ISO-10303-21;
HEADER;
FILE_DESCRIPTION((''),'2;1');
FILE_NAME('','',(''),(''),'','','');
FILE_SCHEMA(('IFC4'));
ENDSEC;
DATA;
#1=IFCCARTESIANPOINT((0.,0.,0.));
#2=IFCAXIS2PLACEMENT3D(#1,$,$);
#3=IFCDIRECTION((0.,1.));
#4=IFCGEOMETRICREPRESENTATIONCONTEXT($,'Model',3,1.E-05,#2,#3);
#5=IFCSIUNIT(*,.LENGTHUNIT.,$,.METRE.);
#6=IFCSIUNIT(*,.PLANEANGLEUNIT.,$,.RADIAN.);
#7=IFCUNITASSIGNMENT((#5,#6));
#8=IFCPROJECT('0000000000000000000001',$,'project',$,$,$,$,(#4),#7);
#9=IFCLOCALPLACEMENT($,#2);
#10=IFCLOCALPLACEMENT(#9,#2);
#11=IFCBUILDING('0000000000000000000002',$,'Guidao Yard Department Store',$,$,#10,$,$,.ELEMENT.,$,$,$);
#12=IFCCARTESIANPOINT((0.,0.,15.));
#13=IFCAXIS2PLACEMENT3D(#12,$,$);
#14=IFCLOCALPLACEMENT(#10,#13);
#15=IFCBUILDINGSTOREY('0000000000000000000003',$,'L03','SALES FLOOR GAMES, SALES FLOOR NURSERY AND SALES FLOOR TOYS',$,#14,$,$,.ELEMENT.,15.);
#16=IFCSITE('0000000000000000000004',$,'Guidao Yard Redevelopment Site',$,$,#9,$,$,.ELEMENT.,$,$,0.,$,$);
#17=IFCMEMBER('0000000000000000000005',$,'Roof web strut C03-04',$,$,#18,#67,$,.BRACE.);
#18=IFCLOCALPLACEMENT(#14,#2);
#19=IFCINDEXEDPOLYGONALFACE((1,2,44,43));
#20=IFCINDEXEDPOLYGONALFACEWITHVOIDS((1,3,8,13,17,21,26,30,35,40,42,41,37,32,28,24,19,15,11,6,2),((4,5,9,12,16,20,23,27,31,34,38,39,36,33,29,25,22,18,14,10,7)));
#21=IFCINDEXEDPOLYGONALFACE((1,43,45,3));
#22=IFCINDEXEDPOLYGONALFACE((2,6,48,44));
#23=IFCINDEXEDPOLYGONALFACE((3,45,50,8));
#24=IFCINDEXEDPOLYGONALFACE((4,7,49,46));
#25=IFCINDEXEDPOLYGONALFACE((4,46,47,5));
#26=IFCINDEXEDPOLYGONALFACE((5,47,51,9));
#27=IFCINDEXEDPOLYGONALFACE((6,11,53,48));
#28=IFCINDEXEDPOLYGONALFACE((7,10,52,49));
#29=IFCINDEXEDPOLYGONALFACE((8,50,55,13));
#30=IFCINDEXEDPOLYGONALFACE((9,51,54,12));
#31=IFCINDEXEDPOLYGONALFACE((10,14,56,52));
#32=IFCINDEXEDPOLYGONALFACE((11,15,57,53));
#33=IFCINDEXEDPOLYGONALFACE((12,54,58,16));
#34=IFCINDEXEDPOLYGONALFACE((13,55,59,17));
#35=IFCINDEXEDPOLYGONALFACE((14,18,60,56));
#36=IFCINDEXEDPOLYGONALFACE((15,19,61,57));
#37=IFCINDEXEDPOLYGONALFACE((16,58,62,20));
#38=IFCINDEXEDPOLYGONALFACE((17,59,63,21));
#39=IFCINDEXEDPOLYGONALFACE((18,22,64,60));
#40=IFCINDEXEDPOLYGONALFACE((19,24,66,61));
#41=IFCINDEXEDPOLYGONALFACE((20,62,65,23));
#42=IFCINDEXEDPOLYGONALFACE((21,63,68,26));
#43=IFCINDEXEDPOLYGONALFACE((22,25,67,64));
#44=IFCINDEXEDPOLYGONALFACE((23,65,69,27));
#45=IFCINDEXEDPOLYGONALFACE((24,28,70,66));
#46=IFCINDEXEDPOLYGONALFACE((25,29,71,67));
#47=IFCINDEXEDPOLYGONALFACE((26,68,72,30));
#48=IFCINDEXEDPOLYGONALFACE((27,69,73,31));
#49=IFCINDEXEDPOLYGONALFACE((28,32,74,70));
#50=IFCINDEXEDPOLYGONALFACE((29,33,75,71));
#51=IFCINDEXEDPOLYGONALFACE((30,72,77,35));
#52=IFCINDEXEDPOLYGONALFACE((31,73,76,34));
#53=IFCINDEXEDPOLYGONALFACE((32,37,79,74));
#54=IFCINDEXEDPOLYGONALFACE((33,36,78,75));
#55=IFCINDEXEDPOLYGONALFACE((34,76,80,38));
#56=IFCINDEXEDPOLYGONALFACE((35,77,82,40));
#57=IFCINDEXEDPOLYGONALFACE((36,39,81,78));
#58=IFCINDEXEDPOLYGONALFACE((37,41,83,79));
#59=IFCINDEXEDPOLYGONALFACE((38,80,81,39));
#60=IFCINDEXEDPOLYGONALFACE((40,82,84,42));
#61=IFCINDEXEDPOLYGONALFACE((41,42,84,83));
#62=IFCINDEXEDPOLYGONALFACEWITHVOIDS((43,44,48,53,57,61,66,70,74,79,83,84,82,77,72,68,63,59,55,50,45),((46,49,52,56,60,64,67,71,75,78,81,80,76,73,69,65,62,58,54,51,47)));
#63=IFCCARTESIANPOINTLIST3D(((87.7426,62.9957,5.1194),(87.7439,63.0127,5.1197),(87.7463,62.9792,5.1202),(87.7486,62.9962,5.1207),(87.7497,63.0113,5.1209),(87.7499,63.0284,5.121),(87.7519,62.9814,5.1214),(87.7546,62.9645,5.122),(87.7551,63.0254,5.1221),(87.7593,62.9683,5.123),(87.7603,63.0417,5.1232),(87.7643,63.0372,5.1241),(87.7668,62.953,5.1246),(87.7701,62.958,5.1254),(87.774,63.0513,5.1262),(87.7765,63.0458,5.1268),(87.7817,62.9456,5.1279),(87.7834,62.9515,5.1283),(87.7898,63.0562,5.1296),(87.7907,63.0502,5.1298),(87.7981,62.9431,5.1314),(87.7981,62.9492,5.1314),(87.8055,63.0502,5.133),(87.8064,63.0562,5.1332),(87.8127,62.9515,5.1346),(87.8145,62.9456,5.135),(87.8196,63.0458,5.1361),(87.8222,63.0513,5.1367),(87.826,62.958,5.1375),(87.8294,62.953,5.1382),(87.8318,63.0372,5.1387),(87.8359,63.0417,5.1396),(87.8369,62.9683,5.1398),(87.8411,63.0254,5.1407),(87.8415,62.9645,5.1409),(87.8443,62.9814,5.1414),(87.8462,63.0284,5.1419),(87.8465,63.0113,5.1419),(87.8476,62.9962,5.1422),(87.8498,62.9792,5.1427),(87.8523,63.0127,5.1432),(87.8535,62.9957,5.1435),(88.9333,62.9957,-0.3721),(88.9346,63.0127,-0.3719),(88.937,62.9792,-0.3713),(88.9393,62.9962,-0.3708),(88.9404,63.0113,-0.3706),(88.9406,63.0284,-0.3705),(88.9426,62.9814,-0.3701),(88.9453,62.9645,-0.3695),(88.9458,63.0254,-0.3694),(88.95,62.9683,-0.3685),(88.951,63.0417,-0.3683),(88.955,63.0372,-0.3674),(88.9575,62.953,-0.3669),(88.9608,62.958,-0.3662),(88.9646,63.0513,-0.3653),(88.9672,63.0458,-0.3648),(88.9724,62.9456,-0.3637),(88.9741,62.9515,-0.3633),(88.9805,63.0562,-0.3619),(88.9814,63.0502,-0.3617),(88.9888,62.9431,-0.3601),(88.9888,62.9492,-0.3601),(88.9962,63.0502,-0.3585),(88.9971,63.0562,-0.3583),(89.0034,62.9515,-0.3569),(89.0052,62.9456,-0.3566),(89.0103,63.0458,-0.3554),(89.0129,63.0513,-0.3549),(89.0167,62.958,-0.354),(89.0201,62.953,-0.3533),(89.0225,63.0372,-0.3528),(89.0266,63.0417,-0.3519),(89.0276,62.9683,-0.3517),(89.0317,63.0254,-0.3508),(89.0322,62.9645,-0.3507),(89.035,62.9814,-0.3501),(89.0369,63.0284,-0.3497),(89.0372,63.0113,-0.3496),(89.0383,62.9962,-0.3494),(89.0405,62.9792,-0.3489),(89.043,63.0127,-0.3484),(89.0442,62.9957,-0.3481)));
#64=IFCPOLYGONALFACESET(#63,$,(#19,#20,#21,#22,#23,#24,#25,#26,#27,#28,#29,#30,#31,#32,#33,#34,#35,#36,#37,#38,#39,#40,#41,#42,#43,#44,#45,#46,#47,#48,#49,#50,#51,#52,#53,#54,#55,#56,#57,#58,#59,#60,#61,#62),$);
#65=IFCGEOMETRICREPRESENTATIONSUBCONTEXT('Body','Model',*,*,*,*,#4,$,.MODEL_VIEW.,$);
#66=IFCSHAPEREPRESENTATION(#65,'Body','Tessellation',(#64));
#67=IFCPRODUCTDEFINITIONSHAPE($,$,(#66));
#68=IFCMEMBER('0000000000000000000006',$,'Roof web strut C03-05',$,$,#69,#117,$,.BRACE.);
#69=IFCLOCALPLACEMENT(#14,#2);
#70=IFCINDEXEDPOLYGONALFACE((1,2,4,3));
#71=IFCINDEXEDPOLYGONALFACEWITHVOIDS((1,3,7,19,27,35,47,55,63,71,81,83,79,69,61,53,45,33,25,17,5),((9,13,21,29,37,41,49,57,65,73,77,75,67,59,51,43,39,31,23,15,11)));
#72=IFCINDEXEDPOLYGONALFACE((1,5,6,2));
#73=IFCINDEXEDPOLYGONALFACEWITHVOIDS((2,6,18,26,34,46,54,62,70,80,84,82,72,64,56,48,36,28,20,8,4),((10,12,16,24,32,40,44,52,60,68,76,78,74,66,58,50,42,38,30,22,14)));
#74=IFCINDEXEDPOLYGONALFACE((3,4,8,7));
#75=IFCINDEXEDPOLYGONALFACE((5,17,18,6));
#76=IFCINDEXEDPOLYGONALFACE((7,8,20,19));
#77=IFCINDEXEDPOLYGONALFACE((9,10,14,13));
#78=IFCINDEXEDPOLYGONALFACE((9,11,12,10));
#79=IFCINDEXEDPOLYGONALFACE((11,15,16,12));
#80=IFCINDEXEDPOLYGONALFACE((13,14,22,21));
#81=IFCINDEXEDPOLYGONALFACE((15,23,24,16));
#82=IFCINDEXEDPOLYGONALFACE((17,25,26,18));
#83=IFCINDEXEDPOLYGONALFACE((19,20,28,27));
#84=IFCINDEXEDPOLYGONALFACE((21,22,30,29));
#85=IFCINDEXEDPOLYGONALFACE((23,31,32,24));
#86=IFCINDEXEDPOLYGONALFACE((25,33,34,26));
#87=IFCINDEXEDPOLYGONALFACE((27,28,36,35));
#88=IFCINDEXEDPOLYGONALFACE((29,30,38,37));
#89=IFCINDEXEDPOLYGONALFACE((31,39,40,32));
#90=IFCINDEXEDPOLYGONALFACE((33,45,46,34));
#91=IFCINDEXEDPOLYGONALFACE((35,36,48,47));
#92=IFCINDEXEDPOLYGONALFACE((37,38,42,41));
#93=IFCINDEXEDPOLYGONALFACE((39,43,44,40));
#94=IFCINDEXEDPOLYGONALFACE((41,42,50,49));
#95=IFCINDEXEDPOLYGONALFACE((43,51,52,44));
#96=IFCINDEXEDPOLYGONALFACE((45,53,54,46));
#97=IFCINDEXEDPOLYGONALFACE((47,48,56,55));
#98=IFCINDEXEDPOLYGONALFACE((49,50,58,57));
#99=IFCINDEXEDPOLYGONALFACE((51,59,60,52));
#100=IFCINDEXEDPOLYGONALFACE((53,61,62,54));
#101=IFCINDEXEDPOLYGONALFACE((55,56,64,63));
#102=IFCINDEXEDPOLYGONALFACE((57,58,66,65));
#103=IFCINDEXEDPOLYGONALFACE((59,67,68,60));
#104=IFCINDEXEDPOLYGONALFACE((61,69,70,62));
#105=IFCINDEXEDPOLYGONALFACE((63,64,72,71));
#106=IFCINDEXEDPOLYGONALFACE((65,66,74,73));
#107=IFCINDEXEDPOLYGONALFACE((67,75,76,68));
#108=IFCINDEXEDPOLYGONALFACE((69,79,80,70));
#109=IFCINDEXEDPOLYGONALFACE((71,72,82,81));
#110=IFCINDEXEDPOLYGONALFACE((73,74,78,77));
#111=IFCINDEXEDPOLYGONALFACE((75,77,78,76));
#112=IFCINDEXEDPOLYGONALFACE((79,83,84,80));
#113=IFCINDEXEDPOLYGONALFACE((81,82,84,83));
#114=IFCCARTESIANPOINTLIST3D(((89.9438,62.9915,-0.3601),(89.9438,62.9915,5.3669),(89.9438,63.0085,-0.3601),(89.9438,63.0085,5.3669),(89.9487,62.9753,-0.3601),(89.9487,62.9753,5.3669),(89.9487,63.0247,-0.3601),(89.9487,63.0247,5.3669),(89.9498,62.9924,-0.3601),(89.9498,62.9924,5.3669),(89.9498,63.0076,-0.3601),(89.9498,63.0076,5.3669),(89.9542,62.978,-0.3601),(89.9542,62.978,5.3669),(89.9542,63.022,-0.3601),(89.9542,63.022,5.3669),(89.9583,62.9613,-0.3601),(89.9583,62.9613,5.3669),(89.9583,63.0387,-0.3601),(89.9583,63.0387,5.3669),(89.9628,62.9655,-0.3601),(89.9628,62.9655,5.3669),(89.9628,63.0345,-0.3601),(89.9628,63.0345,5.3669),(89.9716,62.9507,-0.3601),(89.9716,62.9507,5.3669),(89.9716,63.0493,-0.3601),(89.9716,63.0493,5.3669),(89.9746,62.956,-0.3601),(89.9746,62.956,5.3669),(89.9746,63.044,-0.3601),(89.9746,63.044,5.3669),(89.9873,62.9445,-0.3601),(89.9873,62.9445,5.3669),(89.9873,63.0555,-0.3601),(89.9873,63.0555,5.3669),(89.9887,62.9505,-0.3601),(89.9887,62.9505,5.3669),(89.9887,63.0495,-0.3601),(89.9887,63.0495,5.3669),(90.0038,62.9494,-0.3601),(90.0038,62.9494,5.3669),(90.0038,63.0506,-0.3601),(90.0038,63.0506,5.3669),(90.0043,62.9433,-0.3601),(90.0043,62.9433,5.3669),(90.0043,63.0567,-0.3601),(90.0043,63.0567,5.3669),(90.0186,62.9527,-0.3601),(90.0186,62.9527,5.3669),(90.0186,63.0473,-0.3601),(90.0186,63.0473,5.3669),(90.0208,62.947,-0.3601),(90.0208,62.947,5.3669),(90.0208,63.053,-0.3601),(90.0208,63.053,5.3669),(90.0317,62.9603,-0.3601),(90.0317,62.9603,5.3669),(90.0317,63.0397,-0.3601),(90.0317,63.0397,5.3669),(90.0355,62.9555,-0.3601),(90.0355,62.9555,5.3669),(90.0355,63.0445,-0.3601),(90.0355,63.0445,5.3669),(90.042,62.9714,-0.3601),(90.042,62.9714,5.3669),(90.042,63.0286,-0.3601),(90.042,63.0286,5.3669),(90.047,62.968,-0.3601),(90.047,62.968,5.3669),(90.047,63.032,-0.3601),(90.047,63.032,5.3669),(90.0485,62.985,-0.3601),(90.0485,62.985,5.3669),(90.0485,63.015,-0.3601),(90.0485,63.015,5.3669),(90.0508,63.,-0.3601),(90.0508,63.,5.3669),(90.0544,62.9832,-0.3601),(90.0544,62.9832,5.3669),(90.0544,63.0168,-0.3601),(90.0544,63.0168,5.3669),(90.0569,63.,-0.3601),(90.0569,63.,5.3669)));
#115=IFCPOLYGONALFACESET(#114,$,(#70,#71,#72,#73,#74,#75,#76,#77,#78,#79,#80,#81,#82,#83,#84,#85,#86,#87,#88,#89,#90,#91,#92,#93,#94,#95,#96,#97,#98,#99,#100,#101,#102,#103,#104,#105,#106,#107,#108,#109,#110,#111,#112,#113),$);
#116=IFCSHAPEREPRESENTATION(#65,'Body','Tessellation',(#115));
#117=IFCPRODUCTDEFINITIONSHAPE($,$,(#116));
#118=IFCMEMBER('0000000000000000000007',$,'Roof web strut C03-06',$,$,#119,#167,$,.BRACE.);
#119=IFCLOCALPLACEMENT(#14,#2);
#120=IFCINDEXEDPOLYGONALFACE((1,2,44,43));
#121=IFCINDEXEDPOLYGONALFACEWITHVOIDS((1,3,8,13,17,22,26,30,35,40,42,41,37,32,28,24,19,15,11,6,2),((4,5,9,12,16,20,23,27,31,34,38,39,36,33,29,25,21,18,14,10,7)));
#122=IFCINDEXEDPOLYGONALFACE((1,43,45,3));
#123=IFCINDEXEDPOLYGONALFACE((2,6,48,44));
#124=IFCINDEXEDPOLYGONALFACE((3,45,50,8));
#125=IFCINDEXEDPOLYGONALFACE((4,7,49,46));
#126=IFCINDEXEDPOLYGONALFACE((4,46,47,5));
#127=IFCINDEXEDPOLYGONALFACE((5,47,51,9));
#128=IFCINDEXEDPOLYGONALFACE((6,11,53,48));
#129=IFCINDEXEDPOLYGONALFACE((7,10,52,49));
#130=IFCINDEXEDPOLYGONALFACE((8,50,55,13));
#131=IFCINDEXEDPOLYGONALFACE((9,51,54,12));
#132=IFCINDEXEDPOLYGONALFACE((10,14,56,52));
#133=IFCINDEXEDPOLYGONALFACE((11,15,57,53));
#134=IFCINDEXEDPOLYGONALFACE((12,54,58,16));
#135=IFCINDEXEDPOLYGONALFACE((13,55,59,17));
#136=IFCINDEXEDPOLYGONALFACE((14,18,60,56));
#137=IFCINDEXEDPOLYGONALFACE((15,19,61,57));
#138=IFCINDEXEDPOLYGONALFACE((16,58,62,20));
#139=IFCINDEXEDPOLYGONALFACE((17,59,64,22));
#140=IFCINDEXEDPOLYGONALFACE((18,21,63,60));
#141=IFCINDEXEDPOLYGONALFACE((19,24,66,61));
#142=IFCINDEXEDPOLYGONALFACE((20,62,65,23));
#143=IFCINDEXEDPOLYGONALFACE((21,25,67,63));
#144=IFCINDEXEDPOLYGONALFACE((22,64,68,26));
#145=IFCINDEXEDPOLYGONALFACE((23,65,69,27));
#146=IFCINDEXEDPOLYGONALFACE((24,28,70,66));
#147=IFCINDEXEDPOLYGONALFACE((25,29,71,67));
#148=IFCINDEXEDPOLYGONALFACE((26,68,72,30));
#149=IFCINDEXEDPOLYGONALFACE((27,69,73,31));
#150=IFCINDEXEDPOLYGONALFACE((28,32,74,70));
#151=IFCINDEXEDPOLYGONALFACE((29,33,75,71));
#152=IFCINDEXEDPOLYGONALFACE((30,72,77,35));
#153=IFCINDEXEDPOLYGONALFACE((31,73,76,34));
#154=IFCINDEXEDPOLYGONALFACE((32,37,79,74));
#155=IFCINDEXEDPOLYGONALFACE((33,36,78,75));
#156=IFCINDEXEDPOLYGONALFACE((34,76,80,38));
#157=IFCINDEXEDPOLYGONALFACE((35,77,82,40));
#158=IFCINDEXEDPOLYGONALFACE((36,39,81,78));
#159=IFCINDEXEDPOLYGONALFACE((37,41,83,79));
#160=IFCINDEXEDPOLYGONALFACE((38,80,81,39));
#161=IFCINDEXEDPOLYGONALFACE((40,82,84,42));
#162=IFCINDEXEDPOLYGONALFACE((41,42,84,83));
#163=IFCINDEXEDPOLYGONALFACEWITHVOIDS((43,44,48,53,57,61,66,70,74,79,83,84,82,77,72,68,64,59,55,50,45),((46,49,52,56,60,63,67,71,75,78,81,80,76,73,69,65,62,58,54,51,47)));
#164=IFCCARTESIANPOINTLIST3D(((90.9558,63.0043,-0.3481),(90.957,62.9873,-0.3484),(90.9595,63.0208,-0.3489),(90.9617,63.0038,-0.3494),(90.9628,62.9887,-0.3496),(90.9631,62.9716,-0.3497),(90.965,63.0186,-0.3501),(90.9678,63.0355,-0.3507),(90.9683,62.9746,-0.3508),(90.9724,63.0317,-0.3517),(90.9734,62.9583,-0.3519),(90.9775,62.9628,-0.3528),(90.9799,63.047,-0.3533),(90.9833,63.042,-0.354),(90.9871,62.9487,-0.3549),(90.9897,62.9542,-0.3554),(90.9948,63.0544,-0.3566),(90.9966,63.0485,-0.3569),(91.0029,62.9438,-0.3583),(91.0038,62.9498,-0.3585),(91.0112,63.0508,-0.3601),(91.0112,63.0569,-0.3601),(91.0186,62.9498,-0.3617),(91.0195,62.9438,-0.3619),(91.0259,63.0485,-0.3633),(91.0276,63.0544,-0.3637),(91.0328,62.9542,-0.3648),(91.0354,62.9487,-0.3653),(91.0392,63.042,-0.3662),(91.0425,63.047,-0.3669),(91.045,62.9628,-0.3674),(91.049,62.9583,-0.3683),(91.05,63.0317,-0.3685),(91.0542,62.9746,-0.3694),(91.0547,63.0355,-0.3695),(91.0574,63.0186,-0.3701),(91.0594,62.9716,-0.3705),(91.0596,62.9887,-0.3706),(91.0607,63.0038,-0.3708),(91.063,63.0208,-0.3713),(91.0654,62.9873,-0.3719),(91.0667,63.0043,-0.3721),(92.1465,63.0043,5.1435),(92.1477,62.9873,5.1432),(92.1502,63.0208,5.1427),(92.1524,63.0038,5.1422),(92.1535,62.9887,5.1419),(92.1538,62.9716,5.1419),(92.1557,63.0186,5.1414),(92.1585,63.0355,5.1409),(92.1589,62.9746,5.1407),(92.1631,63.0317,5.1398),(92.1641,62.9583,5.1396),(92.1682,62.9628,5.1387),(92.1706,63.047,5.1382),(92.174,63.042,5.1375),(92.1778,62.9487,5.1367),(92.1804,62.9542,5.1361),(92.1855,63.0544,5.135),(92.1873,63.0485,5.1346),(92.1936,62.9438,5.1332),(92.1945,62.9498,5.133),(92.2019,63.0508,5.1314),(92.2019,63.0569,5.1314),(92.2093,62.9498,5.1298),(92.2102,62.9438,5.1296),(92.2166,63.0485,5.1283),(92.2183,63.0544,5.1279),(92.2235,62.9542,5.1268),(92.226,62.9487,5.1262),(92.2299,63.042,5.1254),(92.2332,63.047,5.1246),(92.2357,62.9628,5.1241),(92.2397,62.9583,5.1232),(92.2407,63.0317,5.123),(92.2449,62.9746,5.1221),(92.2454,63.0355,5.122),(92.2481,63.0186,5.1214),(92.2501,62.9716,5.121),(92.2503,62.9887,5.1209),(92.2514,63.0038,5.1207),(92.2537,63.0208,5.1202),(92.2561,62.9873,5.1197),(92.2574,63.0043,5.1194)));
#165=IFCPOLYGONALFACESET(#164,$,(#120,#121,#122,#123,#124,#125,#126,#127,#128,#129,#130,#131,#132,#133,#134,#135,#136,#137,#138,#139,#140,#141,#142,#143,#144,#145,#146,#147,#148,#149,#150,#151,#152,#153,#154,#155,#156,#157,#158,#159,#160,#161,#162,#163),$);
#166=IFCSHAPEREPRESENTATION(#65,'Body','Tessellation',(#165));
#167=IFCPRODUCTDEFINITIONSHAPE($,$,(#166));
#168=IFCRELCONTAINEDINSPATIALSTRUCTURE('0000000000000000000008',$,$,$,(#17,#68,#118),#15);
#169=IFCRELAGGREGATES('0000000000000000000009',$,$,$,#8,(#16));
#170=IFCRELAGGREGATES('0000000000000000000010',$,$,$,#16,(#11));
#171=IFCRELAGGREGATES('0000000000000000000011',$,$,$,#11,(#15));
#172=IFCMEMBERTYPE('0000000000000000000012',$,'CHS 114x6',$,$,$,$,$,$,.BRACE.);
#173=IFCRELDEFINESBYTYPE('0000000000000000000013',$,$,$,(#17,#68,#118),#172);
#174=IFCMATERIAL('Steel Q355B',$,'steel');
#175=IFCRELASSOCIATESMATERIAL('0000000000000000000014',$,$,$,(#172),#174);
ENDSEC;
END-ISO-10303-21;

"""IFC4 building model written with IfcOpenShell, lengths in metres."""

from ifc_helpers import new_model, si_unit, direction, frame, origin, origin_2d, place, context, subcontext, project, spatial, hollow_circle, extrude, material, material_profile, profile_set, type_object, element, save


model = new_model("IFC4")

# Units and contexts
model_context = context("Model", 3, precision=1e-05, world=origin(), true_north=direction((0.0, 1.0)))
body_context = subcontext(model_context, "Body", "Model", "MODEL_VIEW")
ifc_project = project(units=[si_unit("LENGTHUNIT", "METRE"), si_unit("PLANEANGLEUNIT", "RADIAN")], contexts=[model_context])

# Site, building, storey
site_placement = place(None, origin())
site = spatial("IfcSite", under=ifc_project, at=site_placement, Name="Guidao Yard Redevelopment Site", CompositionType="ELEMENT", RefElevation=0.0)
building_placement = place(site_placement, origin())
building = spatial("IfcBuilding", under=site, at=building_placement, Name="Guidao Yard Department Store", CompositionType="ELEMENT")
storey_placement = place(building_placement, frame((0.0, 0.0, 15.0)))
storey = spatial("IfcBuildingStorey", under=building, at=storey_placement, Name="L03", Description="SALES FLOOR GAMES, SALES FLOOR NURSERY AND SALES FLOOR TOYS", CompositionType="ELEMENT", Elevation=15.0)

# Members
ifc_material_1 = material(Name="Steel Q355B", Category="steel")
ifc_material_profile_1 = material_profile(ifc_material_1, hollow_circle(Radius=0.0569, WallThickness=0.0061, at=origin_2d()), Name="CHS 114x6")
ifc_profile_set_1 = profile_set([ifc_material_profile_1], Name="Steel Q355B")
member_type_1 = type_object("IfcMemberType", Name="CHS 114x6", PredefinedType="BRACE", material=ifc_profile_set_1)
member_1_placement = place(storey_placement, frame((88.9888, 63.0, -0.3601), z_axis=(-0.211899, 0.0, 0.977292), x_axis=(0.0, -1.0, 0.0)))
element("IfcMember", 1, at=member_1_placement, inside=storey, type_object=member_type_1, Name="Roof web strut C03-04", PredefinedType="BRACE", context=body_context, shape_type="SweptSolid", body=[
    extrude(hollow_circle(Radius=0.0569, WallThickness=0.0061, at=origin_2d()), origin(), (0.0, 0.0, 1.0), 5.6191),
])
member_2_placement = place(storey_placement, frame((90.0, 63.0, -0.3601), z_axis=(0.0, 0.0, 1.0), x_axis=(1.0, 0.0, 0.0)))
element("IfcMember", 2, at=member_2_placement, inside=storey, type_object=member_type_1, Name="Roof web strut C03-05", PredefinedType="BRACE", context=body_context, shape_type="SweptSolid", body=[
    extrude(hollow_circle(Radius=0.0569, WallThickness=0.0061, at=origin_2d()), origin(), (0.0, 0.0, 1.0), 5.7271),
])
member_3_placement = place(storey_placement, frame((91.0112, 63.0, -0.3601), z_axis=(0.211899, 0.0, 0.977292), x_axis=(0.0, 1.0, 0.0)))
element("IfcMember", 3, at=member_3_placement, inside=storey, type_object=member_type_1, Name="Roof web strut C03-06", PredefinedType="BRACE", context=body_context, shape_type="SweptSolid", body=[
    extrude(hollow_circle(Radius=0.0569, WallThickness=0.0061, at=origin_2d()), origin(), (0.0, 0.0, 1.0), 5.6191),
])

save(model, "model.ifc")
